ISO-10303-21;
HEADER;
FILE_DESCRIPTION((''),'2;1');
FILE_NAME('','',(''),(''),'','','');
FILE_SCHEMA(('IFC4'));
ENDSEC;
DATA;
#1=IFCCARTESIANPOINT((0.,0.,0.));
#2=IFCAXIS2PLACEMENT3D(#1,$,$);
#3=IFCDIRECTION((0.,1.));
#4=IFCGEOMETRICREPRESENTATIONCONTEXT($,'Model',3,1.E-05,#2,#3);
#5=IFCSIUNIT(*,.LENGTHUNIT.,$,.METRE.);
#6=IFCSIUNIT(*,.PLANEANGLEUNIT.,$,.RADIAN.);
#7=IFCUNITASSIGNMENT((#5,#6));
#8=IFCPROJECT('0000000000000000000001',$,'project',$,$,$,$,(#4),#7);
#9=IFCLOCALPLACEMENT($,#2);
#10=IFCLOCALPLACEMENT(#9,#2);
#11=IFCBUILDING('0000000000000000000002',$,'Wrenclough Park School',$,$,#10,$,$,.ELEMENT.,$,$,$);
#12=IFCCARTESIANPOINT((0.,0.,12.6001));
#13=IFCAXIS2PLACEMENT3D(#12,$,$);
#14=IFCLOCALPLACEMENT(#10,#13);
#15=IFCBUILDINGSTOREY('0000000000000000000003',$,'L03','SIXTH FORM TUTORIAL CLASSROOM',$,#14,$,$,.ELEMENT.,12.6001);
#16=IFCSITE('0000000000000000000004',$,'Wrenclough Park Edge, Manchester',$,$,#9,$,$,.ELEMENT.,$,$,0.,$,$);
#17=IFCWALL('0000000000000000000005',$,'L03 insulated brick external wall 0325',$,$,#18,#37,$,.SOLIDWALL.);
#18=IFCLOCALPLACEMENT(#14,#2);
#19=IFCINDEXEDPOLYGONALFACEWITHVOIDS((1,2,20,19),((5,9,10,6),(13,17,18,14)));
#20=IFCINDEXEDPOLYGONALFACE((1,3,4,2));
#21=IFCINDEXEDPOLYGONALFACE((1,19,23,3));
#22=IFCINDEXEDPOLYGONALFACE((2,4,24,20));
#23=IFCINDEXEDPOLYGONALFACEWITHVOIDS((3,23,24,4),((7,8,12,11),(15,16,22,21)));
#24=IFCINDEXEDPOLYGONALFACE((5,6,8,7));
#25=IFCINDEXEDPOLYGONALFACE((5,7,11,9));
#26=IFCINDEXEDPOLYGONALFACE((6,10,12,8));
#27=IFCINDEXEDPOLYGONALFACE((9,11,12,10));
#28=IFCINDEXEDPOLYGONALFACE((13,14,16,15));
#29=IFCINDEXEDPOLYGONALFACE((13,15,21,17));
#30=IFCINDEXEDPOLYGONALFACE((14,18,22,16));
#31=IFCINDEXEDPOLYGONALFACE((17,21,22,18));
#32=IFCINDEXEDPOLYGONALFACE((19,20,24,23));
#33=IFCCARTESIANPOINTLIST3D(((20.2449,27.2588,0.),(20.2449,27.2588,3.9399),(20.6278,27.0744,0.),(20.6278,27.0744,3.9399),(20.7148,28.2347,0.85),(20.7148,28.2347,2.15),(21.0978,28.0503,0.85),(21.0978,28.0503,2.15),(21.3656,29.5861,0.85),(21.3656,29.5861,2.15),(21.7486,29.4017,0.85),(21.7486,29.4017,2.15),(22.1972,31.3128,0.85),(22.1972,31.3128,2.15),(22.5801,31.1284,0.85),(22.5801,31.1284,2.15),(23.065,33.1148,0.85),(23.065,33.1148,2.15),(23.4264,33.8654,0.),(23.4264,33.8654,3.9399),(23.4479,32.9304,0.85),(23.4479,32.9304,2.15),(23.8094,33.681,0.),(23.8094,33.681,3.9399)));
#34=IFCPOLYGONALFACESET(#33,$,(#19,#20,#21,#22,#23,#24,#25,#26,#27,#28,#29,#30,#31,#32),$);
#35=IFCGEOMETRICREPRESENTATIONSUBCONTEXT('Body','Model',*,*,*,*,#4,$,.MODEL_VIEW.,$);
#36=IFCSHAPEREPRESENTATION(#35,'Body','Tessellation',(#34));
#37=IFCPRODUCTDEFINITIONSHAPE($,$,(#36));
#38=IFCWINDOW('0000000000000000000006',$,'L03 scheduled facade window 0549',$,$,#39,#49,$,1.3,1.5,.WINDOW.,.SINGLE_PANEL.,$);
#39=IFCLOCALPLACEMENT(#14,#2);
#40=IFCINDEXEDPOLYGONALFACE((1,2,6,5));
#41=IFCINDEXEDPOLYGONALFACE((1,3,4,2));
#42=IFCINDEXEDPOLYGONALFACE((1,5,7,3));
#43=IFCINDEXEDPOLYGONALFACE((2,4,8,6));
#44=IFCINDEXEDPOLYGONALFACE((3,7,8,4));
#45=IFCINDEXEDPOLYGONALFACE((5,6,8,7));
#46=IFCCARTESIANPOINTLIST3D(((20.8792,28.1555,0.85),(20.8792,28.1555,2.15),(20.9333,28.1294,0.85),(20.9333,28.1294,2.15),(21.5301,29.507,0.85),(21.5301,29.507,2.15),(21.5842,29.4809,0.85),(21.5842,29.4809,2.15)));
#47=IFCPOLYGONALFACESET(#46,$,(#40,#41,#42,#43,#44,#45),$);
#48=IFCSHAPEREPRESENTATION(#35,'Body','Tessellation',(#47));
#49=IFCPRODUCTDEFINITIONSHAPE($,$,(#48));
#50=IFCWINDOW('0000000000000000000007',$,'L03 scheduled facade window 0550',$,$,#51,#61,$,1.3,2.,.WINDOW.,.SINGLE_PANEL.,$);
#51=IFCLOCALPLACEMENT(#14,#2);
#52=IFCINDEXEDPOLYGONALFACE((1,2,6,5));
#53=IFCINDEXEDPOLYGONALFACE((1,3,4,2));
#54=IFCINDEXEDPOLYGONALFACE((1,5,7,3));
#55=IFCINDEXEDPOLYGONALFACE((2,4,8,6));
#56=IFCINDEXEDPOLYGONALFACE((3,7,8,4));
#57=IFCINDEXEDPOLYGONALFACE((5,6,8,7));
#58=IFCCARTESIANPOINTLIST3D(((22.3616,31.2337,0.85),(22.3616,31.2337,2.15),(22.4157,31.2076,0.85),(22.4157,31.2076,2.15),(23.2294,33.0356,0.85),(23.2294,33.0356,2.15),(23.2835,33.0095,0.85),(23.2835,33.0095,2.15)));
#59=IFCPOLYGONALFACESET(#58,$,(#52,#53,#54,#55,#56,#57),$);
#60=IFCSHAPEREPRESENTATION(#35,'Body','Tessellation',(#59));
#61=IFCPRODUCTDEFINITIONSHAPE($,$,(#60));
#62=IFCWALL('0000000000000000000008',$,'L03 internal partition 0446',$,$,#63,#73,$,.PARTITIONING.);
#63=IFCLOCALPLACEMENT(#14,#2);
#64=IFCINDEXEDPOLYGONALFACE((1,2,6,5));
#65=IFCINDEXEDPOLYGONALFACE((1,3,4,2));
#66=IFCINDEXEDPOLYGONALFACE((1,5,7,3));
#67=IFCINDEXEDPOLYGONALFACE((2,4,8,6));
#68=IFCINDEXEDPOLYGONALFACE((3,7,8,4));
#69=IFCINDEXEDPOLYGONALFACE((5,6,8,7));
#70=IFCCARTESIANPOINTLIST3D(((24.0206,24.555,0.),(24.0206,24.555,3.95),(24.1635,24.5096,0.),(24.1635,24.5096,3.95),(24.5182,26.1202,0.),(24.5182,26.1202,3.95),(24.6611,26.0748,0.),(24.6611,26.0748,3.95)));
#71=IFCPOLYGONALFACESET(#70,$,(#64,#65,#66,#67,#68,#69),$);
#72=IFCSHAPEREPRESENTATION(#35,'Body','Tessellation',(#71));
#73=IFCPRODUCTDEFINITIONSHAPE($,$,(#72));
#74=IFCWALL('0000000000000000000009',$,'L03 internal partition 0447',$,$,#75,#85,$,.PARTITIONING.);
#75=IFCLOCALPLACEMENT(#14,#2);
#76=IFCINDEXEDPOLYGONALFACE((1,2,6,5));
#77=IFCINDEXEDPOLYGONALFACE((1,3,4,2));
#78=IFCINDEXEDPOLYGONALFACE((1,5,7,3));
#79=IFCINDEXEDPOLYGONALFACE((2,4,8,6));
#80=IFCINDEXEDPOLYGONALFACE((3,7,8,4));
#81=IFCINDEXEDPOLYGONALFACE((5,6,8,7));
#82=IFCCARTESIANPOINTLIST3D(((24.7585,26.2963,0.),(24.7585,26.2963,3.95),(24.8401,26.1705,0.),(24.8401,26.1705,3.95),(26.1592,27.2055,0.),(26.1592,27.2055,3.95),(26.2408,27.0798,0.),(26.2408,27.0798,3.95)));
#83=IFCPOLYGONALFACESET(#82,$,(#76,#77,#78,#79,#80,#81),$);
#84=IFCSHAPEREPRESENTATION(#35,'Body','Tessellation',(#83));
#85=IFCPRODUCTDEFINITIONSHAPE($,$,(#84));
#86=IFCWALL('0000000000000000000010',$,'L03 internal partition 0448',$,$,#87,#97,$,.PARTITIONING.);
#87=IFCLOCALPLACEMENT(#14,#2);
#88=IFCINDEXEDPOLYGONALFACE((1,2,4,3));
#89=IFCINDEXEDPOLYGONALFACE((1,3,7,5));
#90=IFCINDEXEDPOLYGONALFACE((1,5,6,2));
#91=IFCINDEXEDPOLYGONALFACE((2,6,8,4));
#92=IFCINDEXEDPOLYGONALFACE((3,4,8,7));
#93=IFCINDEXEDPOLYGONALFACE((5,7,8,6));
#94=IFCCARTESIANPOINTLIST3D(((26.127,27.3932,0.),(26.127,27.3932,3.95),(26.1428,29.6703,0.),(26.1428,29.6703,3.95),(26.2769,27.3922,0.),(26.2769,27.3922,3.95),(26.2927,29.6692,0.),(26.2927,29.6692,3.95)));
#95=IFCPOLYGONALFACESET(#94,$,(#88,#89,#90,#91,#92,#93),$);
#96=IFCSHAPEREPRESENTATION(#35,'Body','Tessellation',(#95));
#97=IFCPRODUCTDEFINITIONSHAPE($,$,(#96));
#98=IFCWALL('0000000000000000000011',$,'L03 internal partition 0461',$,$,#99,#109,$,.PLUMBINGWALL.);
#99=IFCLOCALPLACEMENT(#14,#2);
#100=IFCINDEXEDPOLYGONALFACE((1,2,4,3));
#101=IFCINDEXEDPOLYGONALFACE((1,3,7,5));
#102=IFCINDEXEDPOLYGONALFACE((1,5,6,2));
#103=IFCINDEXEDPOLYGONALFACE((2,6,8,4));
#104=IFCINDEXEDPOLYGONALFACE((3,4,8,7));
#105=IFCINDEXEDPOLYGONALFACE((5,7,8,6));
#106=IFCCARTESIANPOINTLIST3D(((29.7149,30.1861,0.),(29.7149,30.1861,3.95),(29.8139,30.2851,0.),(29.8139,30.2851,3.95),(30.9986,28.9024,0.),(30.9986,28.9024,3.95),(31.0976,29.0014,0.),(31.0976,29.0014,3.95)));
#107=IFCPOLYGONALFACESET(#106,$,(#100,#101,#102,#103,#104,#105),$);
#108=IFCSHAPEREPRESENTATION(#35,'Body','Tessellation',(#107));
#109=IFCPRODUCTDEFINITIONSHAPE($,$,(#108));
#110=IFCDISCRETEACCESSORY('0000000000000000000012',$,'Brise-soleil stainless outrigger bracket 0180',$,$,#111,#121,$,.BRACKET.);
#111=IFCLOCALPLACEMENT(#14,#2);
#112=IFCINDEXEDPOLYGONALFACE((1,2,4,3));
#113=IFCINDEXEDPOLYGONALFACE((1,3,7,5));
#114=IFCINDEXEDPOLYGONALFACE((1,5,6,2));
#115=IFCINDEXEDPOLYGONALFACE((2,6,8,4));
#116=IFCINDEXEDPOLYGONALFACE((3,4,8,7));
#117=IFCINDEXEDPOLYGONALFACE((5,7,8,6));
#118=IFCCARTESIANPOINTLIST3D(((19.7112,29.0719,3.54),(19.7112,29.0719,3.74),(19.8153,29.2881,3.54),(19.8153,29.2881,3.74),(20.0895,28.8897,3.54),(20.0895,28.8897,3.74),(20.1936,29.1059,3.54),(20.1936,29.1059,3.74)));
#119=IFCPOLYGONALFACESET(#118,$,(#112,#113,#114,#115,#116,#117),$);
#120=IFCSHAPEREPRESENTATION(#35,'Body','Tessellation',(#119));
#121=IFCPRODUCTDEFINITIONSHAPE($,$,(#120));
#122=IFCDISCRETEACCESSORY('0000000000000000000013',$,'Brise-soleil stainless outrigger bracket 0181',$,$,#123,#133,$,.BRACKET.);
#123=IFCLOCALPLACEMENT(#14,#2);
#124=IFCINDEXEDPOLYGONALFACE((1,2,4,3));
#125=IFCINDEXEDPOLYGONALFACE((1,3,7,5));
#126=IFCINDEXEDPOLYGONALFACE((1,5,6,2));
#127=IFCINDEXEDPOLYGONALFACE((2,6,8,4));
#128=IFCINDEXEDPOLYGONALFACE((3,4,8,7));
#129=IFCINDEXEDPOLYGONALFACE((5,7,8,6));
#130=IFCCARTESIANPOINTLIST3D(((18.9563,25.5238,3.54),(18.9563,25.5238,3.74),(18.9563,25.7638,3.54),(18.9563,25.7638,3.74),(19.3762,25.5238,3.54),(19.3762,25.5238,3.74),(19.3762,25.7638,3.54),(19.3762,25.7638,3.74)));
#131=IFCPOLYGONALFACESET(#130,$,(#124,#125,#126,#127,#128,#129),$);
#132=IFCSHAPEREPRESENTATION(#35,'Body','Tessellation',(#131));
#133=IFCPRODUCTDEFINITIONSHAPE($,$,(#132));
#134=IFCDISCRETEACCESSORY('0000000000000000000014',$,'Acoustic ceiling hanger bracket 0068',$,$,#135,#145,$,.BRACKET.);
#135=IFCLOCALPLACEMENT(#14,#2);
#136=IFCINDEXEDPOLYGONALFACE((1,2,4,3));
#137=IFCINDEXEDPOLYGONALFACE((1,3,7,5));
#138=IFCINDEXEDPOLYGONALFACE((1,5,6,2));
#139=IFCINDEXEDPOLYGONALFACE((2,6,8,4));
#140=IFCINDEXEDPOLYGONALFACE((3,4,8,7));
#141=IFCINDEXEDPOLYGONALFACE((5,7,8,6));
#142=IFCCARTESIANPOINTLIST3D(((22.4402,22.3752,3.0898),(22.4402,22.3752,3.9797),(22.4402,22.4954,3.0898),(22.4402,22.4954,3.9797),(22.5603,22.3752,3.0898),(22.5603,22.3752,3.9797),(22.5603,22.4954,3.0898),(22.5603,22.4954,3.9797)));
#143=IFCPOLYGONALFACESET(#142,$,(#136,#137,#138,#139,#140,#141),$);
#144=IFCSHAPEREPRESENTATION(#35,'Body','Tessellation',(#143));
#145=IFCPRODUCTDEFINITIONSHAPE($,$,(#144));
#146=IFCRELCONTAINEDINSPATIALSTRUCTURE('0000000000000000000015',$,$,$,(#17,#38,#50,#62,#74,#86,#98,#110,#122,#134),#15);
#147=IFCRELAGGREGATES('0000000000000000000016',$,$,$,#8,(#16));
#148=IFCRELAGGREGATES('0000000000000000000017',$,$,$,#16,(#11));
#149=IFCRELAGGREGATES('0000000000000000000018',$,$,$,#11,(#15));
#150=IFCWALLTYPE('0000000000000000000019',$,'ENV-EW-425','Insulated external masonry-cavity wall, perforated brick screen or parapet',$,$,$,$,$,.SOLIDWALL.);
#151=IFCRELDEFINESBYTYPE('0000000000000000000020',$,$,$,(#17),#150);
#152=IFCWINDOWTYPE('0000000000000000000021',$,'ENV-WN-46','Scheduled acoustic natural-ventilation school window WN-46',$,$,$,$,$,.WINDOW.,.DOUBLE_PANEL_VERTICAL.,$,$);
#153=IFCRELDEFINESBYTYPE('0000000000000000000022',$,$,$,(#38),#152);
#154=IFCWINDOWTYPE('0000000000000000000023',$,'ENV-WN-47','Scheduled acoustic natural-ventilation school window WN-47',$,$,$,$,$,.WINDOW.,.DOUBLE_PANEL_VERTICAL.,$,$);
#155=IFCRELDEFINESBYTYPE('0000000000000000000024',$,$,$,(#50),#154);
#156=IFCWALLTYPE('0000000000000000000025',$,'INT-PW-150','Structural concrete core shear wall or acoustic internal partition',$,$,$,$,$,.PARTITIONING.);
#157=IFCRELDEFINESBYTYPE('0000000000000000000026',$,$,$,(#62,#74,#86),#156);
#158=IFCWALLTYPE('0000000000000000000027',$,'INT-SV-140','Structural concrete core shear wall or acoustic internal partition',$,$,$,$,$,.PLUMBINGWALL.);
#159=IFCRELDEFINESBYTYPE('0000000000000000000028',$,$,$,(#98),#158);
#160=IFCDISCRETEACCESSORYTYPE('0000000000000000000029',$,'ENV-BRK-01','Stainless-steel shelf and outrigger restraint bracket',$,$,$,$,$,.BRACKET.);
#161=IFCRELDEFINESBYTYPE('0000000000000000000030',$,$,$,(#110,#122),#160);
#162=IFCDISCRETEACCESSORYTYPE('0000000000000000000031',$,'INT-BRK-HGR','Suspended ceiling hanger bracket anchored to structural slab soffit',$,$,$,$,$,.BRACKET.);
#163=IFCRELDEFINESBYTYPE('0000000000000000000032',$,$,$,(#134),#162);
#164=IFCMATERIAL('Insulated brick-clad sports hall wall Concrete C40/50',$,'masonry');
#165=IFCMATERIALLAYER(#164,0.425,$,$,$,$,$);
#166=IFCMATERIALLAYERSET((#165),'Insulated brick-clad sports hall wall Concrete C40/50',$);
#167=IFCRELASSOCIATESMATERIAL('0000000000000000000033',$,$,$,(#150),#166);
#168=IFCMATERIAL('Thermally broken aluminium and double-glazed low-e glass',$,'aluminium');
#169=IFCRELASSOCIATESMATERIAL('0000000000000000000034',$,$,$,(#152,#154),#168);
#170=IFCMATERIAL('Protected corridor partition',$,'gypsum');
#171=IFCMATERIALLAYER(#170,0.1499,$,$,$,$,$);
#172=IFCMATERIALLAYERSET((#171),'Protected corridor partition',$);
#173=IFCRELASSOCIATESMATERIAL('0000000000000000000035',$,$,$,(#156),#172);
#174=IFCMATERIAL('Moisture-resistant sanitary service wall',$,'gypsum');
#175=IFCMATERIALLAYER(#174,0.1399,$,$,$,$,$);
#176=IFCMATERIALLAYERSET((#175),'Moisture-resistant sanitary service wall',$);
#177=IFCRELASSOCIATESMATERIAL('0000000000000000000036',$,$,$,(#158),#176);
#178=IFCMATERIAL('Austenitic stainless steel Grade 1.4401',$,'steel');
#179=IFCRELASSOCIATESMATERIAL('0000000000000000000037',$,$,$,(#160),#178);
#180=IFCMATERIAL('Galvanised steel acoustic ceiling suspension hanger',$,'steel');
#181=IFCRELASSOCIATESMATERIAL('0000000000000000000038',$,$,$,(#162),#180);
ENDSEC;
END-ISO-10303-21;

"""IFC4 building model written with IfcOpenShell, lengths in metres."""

from ifc_helpers import new_model, si_unit, direction, frame, frame_2d, origin, origin_2d, place, context, subcontext, project, spatial, rectangle, extrude, material, layer, layer_set, type_object, element, fill, save


model = new_model("IFC4")

# Units and contexts
model_context = context("Model", 3, precision=1e-05, world=origin(), true_north=direction((0.0, 1.0)))
body_context = subcontext(model_context, "Body", "Model", "MODEL_VIEW")
ifc_project = project(units=[si_unit("LENGTHUNIT", "METRE"), si_unit("PLANEANGLEUNIT", "RADIAN")], contexts=[model_context])

# Site, building, storey
site_placement = place(None, origin())
site = spatial("IfcSite", under=ifc_project, at=site_placement, Name="Wrenclough Park Edge, Manchester", CompositionType="ELEMENT", RefElevation=0.0)
building_placement = place(site_placement, origin())
building = spatial("IfcBuilding", under=site, at=building_placement, Name="Wrenclough Park School", CompositionType="ELEMENT")
storey_placement = place(building_placement, frame((0.0, 0.0, 12.6001)))
storey = spatial("IfcBuildingStorey", under=building, at=storey_placement, Name="L03", Description="SIXTH FORM TUTORIAL CLASSROOM", CompositionType="ELEMENT", Elevation=12.6001)

# Wall, openings, windows
ifc_material_1 = material(Name="Insulated brick-clad sports hall wall Concrete C40/50", Category="masonry")
ifc_layer_1 = layer(ifc_material_1, 0.425)
ifc_layer_set_1 = layer_set([ifc_layer_1], Name="Insulated brick-clad sports hall wall Concrete C40/50")
wall_type_1 = type_object("IfcWallType", Name="ENV-EW-425", Description="Insulated external masonry-cavity wall, perforated brick screen or parapet", PredefinedType="SOLIDWALL", material=ifc_layer_set_1)
wall_1_placement = place(storey_placement, frame((20.4363, 27.1665, 0.0), z_axis=(0.0, 0.0, 1.0), x_axis=(0.433887, 0.900967, 0.0)))
wall_1 = element("IfcWall", 1, at=wall_1_placement, inside=storey, type_object=wall_type_1, Name="L03 insulated brick external wall 0325", PredefinedType="SOLIDWALL", context=body_context, shape_type="SweptSolid", body=[
    extrude(rectangle(XDim=7.3328, YDim=0.425, at=frame_2d((3.6665, 0.0))), origin(), (0.0, 0.0, 1.0), 3.9399),
])
opening_1_placement = place(wall_1_placement, frame((1.0833, 0.0, 0.8501)))
opening_1 = element("IfcOpeningElement", 2, at=opening_1_placement, cuts=wall_1, PredefinedType="OPENING", context=body_context, shape_type="SweptSolid", body=[
    extrude(rectangle(XDim=1.5, YDim=1.3, at=frame_2d((0.75, 0.6499))), frame((0.0, 0.2224, 0.0), z_axis=(0.0, -1.0, 0.0), x_axis=(1.0, 0.0, 0.0)), (0.0, 0.0, 1.0), 0.4451),
])
opening_2_placement = place(wall_1_placement, frame((4.4998, 0.0, 0.8501)))
opening_2 = element("IfcOpeningElement", 3, at=opening_2_placement, cuts=wall_1, PredefinedType="OPENING", context=body_context, shape_type="SweptSolid", body=[
    extrude(rectangle(XDim=2.0, YDim=1.3, at=frame_2d((1.0, 0.6499))), frame((0.0, 0.2224, 0.0), z_axis=(0.0, -1.0, 0.0), x_axis=(1.0, 0.0, 0.0)), (0.0, 0.0, 1.0), 0.4451),
])
ifc_material_2 = material(Name="Thermally broken aluminium and double-glazed low-e glass", Category="aluminium")
window_type_1 = type_object("IfcWindowType", Name="ENV-WN-46", Description="Scheduled acoustic natural-ventilation school window WN-46", PartitioningType="DOUBLE_PANEL_VERTICAL", PredefinedType="WINDOW", material=ifc_material_2)
window_1_placement = place(opening_1_placement, origin())
window_1 = element("IfcWindow", 4, at=window_1_placement, inside=storey, type_object=window_type_1, Name="L03 scheduled facade window 0549", OverallHeight=1.3, OverallWidth=1.5, PartitioningType="SINGLE_PANEL", PredefinedType="WINDOW", context=body_context, shape_type="SweptSolid", body=[
    extrude(rectangle(XDim=1.5, YDim=1.3, at=frame_2d((0.75, 0.6499))), frame((0.0, 0.03, 0.0), z_axis=(0.0, -1.0, 0.0), x_axis=(1.0, 0.0, 0.0)), (0.0, 0.0, 1.0), 0.0601),
])
fill(opening_1, window_1)
window_type_2 = type_object("IfcWindowType", Name="ENV-WN-47", Description="Scheduled acoustic natural-ventilation school window WN-47", PartitioningType="DOUBLE_PANEL_VERTICAL", PredefinedType="WINDOW", material=ifc_material_2)
window_2_placement = place(opening_2_placement, origin())
window_2 = element("IfcWindow", 5, at=window_2_placement, inside=storey, type_object=window_type_2, Name="L03 scheduled facade window 0550", OverallHeight=1.3, OverallWidth=2.0, PartitioningType="SINGLE_PANEL", PredefinedType="WINDOW", context=body_context, shape_type="SweptSolid", body=[
    extrude(rectangle(XDim=2.0, YDim=1.3, at=frame_2d((1.0, 0.6499))), frame((0.0, 0.03, 0.0), z_axis=(0.0, -1.0, 0.0), x_axis=(1.0, 0.0, 0.0)), (0.0, 0.0, 1.0), 0.0601),
])
fill(opening_2, window_2)

# Walls
ifc_material_3 = material(Name="Protected corridor partition", Category="gypsum")
ifc_layer_2 = layer(ifc_material_3, 0.1499)
ifc_layer_set_2 = layer_set([ifc_layer_2], Name="Protected corridor partition")
wall_type_2 = type_object("IfcWallType", Name="INT-PW-150", Description="Structural concrete core shear wall or acoustic internal partition", PredefinedType="PARTITIONING", material=ifc_layer_set_2)
wall_2_placement = place(storey_placement, frame((24.092, 24.5322, 0.0), z_axis=(0.0, 0.0, 1.0), x_axis=(0.302952, 0.953006, 0.0)))
element("IfcWall", 6, at=wall_2_placement, inside=storey, type_object=wall_type_2, Name="L03 internal partition 0446", PredefinedType="PARTITIONING", context=body_context, shape_type="SweptSolid", body=[
    extrude(rectangle(XDim=1.6423, YDim=0.1499, at=frame_2d((0.8213, 0.0))), origin(), (0.0, 0.0, 1.0), 3.95),
])
wall_3_placement = place(storey_placement, frame((24.7993, 26.2334, 0.0), z_axis=(0.0, 0.0, 1.0), x_axis=(0.838781, 0.544469, 0.0)))
element("IfcWall", 7, at=wall_3_placement, inside=storey, type_object=wall_type_2, Name="L03 internal partition 0447", PredefinedType="PARTITIONING", context=body_context, shape_type="SweptSolid", body=[
    extrude(rectangle(XDim=1.6699, YDim=0.1499, at=frame_2d((0.835, 0.0))), origin(), (0.0, 0.0, 1.0), 3.95),
])
wall_4_placement = place(storey_placement, frame((26.2019, 27.3926, 0.0), z_axis=(0.0, 0.0, 1.0), x_axis=(0.006969, 0.999976, 0.0)))
element("IfcWall", 8, at=wall_4_placement, inside=storey, type_object=wall_type_2, Name="L03 internal partition 0448", PredefinedType="PARTITIONING", context=body_context, shape_type="SweptSolid", body=[
    extrude(rectangle(XDim=2.2771, YDim=0.1499, at=frame_2d((1.1387, 0.0))), origin(), (0.0, 0.0, 1.0), 3.95),
])
ifc_material_4 = material(Name="Moisture-resistant sanitary service wall", Category="gypsum")
ifc_layer_3 = layer(ifc_material_4, 0.1399)
ifc_layer_set_3 = layer_set([ifc_layer_3], Name="Moisture-resistant sanitary service wall")
wall_type_3 = type_object("IfcWallType", Name="INT-SV-140", Description="Structural concrete core shear wall or acoustic internal partition", PredefinedType="PLUMBINGWALL", material=ifc_layer_set_3)
wall_5_placement = place(storey_placement, frame((29.7644, 30.2356, 0.0), z_axis=(0.0, 0.0, 1.0), x_axis=(0.707107, -0.707107, 0.0)))
element("IfcWall", 9, at=wall_5_placement, inside=storey, type_object=wall_type_3, Name="L03 internal partition 0461", PredefinedType="PLUMBINGWALL", context=body_context, shape_type="SweptSolid", body=[
    extrude(rectangle(XDim=1.8154, YDim=0.1399, at=frame_2d((0.9077, 0.0))), origin(), (0.0, 0.0, 1.0), 3.95),
])

# Discrete accessories
ifc_material_5 = material(Name="Austenitic stainless steel Grade 1.4401", Category="steel")
discrete_accessory_type_1 = type_object("IfcDiscreteAccessoryType", Name="ENV-BRK-01", Description="Stainless-steel shelf and outrigger restraint bracket", PredefinedType="BRACKET", material=ifc_material_5)
for number, where, z_axis, x_axis, name in (
    (10, (19.9524, 29.0889, 3.54), (0.0, 0.0, 1.0), (-0.433872, -0.900975, 0.0), "Brise-soleil stainless outrigger bracket 0180"),
    (11, (19.1663, 25.6438, 3.54), (0.0, 0.0, 1.0), (0.0, -1.0, 0.0), "Brise-soleil stainless outrigger bracket 0181"),
):
    element("IfcDiscreteAccessory", number, at=place(storey_placement, frame(where, z_axis=z_axis, x_axis=x_axis)), inside=storey, type_object=discrete_accessory_type_1, Name=name, PredefinedType="BRACKET", context=body_context, shape_type="SweptSolid", body=[
        extrude(rectangle(XDim=0.24, YDim=0.4199, at=origin_2d()), origin(), (0.0, 0.0, 1.0), 0.2),
    ])
ifc_material_6 = material(Name="Galvanised steel acoustic ceiling suspension hanger", Category="steel")
discrete_accessory_type_2 = type_object("IfcDiscreteAccessoryType", Name="INT-BRK-HGR", Description="Suspended ceiling hanger bracket anchored to structural slab soffit", PredefinedType="BRACKET", material=ifc_material_6)
discrete_accessory_placement = place(storey_placement, frame((22.5002, 22.4353, 3.0898), z_axis=(0.0, 0.0, 1.0), x_axis=(1.0, 0.0, 0.0)))
element("IfcDiscreteAccessory", 12, at=discrete_accessory_placement, inside=storey, type_object=discrete_accessory_type_2, Name="Acoustic ceiling hanger bracket 0068", PredefinedType="BRACKET", context=body_context, shape_type="SweptSolid", body=[
    extrude(rectangle(XDim=0.1201, YDim=0.1201, at=origin_2d()), origin(), (0.0, 0.0, 1.0), 0.8899),
])

save(model, "model.ifc")
